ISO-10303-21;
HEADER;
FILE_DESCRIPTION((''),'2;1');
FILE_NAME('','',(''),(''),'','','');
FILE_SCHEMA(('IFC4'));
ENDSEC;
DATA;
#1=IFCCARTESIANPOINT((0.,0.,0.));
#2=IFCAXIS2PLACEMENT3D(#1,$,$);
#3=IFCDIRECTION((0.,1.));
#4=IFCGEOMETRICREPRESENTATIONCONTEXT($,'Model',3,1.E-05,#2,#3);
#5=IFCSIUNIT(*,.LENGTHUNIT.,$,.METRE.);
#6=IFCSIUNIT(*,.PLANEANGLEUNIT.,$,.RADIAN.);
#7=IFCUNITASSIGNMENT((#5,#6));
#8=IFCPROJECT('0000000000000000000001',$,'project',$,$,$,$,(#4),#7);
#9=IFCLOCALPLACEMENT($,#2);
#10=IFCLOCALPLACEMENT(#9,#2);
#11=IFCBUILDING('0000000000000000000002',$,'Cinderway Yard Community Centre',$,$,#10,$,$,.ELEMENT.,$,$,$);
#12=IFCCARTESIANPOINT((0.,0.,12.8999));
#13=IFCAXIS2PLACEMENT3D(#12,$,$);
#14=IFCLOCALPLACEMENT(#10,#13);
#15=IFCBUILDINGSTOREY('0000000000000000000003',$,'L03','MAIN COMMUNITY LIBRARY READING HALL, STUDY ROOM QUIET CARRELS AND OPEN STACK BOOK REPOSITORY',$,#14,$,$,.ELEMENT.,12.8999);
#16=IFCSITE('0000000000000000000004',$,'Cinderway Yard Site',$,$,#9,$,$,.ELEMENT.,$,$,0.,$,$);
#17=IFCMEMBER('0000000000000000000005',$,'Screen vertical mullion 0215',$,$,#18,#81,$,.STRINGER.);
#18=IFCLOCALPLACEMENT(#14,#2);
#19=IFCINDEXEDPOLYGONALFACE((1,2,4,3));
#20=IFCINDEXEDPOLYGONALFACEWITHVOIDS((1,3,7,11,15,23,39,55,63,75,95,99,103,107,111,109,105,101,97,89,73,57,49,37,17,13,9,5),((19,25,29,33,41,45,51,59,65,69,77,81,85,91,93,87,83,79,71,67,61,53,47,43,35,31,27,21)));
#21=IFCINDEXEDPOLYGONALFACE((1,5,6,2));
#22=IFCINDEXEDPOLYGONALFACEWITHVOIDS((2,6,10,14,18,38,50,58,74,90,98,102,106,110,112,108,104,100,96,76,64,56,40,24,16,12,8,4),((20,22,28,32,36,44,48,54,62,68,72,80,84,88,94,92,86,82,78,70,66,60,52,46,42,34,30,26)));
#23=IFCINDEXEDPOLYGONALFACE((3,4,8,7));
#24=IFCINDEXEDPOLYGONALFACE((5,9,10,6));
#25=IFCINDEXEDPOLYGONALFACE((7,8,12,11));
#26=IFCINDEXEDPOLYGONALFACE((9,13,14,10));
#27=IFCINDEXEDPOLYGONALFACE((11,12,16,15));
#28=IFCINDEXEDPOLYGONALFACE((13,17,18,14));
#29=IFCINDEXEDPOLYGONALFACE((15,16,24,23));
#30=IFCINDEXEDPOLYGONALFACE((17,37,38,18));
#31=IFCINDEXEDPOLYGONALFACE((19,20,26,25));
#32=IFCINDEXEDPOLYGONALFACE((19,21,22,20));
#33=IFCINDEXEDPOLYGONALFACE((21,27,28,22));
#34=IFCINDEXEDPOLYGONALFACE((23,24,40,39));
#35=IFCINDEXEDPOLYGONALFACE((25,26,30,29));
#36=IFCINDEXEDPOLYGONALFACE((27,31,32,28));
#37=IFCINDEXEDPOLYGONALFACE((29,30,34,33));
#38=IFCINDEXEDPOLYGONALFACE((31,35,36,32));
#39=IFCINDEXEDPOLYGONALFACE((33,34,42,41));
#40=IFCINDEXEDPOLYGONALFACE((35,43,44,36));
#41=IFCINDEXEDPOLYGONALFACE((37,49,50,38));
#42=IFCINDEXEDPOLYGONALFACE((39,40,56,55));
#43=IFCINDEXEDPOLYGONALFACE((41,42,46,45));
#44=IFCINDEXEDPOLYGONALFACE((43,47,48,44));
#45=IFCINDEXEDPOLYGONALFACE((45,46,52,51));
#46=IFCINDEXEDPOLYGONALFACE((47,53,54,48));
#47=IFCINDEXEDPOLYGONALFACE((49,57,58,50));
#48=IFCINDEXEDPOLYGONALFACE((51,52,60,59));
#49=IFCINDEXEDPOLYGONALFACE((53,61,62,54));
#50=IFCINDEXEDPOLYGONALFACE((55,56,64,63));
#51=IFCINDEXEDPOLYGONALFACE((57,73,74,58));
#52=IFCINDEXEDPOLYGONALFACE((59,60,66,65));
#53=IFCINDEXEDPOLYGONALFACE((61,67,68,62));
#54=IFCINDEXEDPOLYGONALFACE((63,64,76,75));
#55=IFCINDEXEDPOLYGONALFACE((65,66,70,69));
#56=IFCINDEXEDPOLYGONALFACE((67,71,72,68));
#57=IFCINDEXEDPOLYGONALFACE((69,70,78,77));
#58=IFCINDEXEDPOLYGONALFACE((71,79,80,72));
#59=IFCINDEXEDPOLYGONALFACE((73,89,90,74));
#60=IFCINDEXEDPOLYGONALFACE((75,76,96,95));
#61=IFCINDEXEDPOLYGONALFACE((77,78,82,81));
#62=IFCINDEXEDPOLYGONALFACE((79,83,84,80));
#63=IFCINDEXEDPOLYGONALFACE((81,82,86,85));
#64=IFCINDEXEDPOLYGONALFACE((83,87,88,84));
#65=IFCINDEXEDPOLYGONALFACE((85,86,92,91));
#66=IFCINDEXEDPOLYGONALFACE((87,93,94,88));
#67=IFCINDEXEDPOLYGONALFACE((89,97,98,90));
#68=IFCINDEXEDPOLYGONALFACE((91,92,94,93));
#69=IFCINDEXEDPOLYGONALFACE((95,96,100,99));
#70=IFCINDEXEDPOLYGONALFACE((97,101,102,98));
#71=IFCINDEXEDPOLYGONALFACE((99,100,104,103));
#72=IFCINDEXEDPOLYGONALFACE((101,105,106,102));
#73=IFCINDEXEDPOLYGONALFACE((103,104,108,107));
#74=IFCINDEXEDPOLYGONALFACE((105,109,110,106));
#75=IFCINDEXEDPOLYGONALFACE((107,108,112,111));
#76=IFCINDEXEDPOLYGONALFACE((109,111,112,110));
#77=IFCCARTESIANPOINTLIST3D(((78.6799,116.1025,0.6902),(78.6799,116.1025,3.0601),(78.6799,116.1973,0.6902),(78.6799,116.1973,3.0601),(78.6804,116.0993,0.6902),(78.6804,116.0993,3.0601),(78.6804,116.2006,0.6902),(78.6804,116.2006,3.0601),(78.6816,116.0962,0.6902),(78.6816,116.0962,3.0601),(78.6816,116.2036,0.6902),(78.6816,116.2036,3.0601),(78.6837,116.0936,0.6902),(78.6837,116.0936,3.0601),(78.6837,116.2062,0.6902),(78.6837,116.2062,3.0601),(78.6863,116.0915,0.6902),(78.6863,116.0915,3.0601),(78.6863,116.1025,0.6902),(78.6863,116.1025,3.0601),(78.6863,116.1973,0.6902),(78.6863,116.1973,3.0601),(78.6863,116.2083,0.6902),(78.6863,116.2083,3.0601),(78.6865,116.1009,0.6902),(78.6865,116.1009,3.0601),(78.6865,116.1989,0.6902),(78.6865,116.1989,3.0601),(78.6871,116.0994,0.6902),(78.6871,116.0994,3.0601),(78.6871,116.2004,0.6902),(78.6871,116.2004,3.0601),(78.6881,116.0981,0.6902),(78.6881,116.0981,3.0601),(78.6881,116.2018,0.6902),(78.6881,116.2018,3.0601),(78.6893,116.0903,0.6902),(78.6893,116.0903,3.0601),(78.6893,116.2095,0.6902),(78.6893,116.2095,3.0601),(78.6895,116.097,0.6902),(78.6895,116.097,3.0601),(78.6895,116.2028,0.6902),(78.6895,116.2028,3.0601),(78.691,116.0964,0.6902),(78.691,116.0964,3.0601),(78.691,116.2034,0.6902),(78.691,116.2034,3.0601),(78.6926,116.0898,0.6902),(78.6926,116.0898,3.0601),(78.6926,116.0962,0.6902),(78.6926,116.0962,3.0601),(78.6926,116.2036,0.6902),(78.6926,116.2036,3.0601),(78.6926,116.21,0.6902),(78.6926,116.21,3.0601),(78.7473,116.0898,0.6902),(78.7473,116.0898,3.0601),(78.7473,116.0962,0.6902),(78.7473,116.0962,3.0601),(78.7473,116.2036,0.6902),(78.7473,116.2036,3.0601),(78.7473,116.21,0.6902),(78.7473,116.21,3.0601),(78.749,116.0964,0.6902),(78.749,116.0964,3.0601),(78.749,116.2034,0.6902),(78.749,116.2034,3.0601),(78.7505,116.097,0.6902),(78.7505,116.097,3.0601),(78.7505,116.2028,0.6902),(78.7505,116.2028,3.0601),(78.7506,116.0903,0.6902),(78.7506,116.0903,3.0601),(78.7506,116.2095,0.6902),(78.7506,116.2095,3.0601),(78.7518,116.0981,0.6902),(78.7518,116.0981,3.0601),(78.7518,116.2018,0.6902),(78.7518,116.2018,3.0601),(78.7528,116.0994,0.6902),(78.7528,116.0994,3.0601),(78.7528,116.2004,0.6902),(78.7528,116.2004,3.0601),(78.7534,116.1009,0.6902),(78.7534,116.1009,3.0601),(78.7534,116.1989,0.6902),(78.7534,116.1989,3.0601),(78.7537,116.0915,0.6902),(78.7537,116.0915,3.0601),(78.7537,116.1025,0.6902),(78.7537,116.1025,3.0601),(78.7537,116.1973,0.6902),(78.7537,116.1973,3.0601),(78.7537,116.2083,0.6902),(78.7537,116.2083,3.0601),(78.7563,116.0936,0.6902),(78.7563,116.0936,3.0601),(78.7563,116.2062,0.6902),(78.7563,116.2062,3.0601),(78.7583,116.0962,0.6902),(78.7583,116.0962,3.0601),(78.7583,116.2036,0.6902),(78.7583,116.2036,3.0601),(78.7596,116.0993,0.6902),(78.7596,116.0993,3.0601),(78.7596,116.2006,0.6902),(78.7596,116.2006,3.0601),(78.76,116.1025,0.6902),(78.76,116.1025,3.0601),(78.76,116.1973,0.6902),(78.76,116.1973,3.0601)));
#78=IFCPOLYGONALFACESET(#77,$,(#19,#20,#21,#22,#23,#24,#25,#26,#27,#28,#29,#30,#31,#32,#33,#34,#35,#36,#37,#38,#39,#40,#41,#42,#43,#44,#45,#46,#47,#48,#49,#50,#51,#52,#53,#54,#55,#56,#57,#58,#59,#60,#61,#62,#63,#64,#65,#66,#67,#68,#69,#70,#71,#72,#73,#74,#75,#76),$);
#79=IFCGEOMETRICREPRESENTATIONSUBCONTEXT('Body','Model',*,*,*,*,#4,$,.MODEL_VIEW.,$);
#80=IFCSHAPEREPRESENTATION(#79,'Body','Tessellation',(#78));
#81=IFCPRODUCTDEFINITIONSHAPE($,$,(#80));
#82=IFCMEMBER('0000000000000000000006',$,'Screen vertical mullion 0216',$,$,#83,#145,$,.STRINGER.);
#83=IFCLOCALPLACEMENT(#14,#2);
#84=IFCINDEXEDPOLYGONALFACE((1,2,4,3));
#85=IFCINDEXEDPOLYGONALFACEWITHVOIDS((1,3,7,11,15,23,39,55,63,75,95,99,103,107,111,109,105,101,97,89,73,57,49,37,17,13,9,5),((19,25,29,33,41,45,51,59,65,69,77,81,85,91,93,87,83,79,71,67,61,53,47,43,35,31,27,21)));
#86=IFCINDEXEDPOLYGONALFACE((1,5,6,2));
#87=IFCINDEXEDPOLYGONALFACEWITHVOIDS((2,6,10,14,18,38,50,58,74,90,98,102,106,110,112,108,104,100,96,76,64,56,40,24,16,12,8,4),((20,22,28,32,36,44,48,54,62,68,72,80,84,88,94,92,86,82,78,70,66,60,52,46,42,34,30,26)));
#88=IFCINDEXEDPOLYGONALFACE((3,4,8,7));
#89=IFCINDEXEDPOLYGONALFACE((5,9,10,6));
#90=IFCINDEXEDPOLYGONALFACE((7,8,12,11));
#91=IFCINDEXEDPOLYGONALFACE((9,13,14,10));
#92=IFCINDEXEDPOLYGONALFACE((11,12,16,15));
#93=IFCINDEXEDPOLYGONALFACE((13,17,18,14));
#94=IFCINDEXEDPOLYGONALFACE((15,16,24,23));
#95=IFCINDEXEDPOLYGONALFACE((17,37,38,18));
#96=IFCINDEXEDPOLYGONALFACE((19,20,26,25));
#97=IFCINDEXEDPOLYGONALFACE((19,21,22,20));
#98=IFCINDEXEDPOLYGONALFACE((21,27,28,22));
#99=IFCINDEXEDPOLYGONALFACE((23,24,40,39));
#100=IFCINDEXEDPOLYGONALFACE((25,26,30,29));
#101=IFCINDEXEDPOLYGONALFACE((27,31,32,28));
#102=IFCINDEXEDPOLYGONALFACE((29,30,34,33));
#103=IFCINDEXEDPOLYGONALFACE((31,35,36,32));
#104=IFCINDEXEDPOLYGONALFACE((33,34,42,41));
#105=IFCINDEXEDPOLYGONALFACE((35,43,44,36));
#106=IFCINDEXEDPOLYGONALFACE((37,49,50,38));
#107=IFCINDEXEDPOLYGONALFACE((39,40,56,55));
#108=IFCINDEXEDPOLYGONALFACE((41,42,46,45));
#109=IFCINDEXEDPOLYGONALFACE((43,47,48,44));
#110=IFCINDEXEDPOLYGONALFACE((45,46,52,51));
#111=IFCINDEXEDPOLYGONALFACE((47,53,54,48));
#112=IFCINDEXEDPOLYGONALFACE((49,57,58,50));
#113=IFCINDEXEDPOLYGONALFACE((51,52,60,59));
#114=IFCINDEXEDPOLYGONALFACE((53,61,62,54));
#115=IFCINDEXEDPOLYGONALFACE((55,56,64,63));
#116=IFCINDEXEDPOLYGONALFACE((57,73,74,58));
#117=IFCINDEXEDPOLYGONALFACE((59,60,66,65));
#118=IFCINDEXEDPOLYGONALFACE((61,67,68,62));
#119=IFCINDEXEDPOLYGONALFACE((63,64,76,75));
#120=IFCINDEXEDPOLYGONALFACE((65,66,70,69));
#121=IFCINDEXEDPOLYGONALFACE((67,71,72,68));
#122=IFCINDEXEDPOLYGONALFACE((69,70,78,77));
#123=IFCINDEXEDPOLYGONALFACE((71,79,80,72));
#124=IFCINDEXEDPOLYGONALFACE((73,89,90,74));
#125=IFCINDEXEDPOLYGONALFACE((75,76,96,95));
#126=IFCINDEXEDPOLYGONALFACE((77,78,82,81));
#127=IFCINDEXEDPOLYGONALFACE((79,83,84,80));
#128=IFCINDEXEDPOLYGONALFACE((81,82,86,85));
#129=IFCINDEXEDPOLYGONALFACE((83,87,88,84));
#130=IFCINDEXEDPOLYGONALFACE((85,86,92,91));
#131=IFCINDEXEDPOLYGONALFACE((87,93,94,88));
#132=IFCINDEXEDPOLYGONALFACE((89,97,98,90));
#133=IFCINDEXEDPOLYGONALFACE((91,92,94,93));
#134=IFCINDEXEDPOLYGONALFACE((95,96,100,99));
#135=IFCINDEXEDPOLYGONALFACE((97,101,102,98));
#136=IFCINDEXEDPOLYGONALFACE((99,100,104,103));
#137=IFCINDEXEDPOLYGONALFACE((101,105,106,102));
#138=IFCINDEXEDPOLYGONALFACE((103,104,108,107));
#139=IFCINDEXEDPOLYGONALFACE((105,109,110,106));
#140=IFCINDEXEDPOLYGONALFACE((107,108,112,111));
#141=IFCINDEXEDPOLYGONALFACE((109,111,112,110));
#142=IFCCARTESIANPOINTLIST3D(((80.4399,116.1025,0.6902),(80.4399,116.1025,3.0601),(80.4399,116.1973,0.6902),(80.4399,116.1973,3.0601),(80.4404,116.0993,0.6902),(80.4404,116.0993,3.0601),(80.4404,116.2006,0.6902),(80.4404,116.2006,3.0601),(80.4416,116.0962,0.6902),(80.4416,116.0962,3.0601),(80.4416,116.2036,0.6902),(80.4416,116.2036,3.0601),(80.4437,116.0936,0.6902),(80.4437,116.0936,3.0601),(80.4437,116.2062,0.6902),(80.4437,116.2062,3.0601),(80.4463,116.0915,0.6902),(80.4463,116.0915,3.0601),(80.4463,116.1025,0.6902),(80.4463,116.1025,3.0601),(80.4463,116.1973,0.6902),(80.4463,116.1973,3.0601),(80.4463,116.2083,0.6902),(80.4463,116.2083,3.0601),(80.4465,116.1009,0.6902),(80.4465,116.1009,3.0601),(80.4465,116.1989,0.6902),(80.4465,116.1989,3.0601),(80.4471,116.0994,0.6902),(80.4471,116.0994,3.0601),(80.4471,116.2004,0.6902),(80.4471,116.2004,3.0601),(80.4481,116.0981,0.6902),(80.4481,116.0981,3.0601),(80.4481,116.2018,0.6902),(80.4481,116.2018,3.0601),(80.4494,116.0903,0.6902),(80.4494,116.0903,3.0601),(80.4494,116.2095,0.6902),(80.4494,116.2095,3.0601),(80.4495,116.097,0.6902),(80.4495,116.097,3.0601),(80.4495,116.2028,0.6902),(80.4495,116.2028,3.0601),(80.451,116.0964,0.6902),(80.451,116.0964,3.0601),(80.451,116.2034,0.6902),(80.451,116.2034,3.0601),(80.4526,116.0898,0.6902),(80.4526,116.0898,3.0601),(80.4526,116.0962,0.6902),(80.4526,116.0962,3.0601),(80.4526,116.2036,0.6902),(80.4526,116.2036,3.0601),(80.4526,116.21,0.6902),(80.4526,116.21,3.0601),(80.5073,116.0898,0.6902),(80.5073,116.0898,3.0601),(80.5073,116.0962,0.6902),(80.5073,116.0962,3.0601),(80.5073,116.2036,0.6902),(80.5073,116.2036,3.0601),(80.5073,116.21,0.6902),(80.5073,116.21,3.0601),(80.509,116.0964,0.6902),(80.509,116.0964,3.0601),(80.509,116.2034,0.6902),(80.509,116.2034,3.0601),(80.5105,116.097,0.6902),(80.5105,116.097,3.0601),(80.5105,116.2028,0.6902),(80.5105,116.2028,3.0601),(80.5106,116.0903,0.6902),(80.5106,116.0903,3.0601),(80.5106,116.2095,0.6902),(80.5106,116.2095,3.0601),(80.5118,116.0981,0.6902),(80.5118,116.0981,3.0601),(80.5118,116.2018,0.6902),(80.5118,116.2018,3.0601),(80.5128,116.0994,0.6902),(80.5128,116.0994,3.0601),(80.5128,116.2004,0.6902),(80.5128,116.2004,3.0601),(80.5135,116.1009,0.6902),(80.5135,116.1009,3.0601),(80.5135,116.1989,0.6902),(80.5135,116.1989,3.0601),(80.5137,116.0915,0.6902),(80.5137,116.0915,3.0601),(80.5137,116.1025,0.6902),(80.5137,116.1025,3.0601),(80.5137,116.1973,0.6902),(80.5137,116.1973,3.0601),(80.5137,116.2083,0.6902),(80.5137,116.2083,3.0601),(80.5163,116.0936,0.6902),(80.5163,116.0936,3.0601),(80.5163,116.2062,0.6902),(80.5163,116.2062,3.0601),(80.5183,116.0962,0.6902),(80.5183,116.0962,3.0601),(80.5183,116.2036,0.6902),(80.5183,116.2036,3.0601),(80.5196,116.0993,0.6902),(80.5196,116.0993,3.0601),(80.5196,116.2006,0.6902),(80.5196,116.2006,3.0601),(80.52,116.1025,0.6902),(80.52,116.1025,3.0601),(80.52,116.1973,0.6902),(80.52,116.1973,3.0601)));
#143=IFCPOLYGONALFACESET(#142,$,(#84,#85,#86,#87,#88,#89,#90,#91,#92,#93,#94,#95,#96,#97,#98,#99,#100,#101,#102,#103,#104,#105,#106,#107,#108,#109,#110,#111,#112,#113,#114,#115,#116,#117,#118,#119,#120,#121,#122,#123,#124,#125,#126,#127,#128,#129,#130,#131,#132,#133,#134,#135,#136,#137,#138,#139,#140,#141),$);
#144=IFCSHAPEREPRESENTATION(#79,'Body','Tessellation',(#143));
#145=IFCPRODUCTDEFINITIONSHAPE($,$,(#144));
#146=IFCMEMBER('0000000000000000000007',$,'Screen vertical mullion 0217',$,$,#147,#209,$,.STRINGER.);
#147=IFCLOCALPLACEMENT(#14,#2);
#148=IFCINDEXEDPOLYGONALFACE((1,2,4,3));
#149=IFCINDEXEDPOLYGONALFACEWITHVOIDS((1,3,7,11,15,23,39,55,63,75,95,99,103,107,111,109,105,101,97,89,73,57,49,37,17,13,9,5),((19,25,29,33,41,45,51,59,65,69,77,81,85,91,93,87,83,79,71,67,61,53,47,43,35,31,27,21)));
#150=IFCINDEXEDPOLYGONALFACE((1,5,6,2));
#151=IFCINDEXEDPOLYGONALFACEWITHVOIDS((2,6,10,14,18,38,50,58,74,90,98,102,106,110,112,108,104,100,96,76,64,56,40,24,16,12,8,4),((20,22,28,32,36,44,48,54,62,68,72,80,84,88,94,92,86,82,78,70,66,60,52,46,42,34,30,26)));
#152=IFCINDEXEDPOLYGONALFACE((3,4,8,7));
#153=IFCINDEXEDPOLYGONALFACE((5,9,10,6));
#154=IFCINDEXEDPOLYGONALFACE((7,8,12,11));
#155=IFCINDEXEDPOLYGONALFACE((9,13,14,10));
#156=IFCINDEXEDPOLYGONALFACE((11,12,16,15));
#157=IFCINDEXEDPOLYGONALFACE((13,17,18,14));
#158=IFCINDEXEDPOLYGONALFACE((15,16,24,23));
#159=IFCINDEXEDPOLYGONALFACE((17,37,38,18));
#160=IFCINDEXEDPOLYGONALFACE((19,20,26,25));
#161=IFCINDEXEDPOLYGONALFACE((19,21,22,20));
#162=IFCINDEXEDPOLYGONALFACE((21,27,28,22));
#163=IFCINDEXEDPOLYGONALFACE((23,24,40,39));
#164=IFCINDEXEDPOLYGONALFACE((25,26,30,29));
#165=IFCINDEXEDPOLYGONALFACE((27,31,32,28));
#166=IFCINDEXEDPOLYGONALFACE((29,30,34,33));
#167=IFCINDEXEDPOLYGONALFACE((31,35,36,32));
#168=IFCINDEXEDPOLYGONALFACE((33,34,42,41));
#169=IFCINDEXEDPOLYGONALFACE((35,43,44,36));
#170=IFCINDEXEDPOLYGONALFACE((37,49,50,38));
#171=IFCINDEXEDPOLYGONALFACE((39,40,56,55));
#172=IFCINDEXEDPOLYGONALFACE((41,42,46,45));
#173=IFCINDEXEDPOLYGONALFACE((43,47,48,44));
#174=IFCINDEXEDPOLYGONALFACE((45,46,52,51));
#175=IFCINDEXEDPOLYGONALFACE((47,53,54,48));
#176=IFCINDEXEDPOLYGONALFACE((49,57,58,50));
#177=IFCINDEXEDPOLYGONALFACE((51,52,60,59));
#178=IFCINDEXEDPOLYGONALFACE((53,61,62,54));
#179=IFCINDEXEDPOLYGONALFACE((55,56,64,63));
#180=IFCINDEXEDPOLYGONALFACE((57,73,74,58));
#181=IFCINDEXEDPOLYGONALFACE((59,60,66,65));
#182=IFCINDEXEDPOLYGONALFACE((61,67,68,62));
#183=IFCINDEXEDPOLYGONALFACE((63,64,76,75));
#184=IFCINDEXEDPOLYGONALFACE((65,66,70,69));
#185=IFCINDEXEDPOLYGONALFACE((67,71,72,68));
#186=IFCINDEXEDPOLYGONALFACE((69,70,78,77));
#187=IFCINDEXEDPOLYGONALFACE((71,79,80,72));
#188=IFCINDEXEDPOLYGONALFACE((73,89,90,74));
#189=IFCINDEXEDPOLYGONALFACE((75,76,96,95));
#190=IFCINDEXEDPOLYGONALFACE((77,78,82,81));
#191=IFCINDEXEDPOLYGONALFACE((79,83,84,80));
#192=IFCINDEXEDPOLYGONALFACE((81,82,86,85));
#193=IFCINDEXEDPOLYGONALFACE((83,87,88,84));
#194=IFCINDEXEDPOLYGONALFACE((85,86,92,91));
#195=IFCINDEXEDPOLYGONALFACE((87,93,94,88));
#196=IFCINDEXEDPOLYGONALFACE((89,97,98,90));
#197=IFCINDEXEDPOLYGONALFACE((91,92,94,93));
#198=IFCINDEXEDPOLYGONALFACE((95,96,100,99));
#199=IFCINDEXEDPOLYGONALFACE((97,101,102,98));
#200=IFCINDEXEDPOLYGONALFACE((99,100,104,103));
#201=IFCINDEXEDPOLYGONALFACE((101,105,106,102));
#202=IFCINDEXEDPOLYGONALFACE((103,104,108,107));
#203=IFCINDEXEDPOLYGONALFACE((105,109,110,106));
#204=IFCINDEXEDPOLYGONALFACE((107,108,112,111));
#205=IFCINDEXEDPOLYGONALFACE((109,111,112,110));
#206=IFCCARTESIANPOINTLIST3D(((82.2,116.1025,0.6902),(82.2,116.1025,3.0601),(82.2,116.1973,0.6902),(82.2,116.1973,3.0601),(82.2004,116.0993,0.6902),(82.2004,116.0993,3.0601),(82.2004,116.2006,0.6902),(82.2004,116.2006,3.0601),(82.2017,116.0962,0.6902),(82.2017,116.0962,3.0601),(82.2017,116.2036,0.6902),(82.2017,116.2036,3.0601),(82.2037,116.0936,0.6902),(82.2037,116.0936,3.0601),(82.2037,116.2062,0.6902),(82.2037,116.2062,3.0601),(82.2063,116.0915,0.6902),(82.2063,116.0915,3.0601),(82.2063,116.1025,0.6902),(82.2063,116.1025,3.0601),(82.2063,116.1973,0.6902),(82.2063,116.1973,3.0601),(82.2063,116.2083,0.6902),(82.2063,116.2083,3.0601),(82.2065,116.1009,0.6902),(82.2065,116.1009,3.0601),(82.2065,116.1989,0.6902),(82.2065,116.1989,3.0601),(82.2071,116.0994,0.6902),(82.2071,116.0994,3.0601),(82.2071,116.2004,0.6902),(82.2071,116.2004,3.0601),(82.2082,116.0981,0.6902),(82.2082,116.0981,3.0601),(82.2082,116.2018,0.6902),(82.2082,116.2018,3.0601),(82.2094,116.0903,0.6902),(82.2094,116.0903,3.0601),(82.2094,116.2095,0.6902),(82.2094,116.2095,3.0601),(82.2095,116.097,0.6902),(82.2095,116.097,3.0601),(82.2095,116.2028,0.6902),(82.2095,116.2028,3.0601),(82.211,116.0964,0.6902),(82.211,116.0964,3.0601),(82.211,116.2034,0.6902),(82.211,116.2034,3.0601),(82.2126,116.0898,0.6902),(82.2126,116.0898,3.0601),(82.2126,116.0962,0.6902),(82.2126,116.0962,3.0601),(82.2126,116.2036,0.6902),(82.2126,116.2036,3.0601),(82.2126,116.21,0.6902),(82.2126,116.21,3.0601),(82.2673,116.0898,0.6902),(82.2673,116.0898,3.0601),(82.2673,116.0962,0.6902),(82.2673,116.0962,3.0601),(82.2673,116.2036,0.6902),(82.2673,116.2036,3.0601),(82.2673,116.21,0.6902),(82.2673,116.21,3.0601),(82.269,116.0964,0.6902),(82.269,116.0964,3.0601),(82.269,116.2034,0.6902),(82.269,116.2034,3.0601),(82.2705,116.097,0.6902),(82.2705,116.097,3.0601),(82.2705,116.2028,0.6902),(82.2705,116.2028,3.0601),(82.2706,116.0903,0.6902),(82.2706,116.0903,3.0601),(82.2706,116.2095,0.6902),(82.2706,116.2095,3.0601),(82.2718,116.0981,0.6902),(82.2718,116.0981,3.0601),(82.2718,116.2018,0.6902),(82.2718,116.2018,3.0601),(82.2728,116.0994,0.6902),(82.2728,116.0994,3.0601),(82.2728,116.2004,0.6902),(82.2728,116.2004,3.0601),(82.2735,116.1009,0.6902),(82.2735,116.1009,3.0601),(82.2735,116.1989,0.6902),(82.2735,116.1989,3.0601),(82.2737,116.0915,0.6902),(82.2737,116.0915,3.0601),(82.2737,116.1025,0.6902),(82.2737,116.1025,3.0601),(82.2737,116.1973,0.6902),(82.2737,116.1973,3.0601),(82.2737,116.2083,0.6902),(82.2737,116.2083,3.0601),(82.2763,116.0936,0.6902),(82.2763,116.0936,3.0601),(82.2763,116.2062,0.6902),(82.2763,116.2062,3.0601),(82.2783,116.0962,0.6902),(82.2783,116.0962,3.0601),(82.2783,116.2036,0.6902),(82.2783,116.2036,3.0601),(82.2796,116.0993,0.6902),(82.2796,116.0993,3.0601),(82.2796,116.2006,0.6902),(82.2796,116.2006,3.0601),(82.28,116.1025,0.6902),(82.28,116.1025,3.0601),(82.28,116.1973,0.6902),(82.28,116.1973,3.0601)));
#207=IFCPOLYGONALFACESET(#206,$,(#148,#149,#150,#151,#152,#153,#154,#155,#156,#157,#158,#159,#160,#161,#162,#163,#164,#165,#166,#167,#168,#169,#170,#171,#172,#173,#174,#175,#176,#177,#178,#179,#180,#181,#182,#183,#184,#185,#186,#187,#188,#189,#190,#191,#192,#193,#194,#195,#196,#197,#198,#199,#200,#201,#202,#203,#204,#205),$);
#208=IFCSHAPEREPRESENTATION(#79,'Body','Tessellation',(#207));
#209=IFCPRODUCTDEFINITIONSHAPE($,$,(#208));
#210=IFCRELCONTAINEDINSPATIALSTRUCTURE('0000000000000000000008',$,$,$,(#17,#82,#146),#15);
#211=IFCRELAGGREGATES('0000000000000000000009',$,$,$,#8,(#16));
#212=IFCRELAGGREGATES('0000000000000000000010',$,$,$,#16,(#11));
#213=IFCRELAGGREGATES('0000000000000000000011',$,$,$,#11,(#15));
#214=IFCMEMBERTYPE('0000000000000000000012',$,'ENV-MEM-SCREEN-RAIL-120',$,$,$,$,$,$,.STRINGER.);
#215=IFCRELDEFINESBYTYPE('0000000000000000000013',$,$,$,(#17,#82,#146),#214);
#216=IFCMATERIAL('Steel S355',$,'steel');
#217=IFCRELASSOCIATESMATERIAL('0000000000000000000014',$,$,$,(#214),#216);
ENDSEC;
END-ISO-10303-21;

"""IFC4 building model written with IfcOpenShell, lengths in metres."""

from ifc_helpers import new_model, si_unit, direction, frame, origin, origin_2d, place, context, subcontext, project, spatial, hollow_rectangle, extrude, material, material_profile, profile_set, type_object, element, save


model = new_model("IFC4")

# Units and contexts
model_context = context("Model", 3, precision=1e-05, world=origin(), true_north=direction((0.0, 1.0)))
body_context = subcontext(model_context, "Body", "Model", "MODEL_VIEW")
ifc_project = project(units=[si_unit("LENGTHUNIT", "METRE"), si_unit("PLANEANGLEUNIT", "RADIAN")], contexts=[model_context])

# Site, building, storey
site_placement = place(None, origin())
site = spatial("IfcSite", under=ifc_project, at=site_placement, Name="Cinderway Yard Site", CompositionType="ELEMENT", RefElevation=0.0)
building_placement = place(site_placement, origin())
building = spatial("IfcBuilding", under=site, at=building_placement, Name="Cinderway Yard Community Centre", CompositionType="ELEMENT")
storey_placement = place(building_placement, frame((0.0, 0.0, 12.8999)))
storey = spatial("IfcBuildingStorey", under=building, at=storey_placement, Name="L03", Description="MAIN COMMUNITY LIBRARY READING HALL, STUDY ROOM QUIET CARRELS AND OPEN STACK BOOK REPOSITORY", CompositionType="ELEMENT", Elevation=12.8999)

# Members
ifc_material_1 = material(Name="Steel S355", Category="steel")
ifc_material_profile = material_profile(ifc_material_1, hollow_rectangle(XDim=0.0801, YDim=0.1201, WallThickness=0.0063, InnerFilletRadius=0.0063, OuterFilletRadius=0.0127, at=origin_2d()), Name="Steel S355")
ifc_profile_set = profile_set([ifc_material_profile], Name="Steel S355")
member_type = type_object("IfcMemberType", Name="ENV-MEM-SCREEN-RAIL-120", PredefinedType="STRINGER", material=ifc_profile_set)
for number, where, z_axis, x_axis, name in (
    (1, (78.72, 116.1499, 0.6902), (0.0, 0.0, 1.0), (1.0, 0.0, 0.0), "Screen vertical mullion 0215"),
    (2, (80.48, 116.1499, 0.6902), (0.0, 0.0, 1.0), (1.0, 0.0, 0.0), "Screen vertical mullion 0216"),
    (3, (82.24, 116.1499, 0.6902), (0.0, 0.0, 1.0), (1.0, 0.0, 0.0), "Screen vertical mullion 0217"),
):
    element("IfcMember", number, at=place(storey_placement, frame(where, z_axis=z_axis, x_axis=x_axis)), inside=storey, type_object=member_type, Name=name, PredefinedType="STRINGER", context=body_context, shape_type="SweptSolid", body=[
        extrude(hollow_rectangle(XDim=0.0801, YDim=0.1201, WallThickness=0.0063, InnerFilletRadius=0.0063, OuterFilletRadius=0.0127, at=origin_2d()), origin(), (0.0, 0.0, 1.0), 2.3699),
    ])

save(model, "model.ifc")
